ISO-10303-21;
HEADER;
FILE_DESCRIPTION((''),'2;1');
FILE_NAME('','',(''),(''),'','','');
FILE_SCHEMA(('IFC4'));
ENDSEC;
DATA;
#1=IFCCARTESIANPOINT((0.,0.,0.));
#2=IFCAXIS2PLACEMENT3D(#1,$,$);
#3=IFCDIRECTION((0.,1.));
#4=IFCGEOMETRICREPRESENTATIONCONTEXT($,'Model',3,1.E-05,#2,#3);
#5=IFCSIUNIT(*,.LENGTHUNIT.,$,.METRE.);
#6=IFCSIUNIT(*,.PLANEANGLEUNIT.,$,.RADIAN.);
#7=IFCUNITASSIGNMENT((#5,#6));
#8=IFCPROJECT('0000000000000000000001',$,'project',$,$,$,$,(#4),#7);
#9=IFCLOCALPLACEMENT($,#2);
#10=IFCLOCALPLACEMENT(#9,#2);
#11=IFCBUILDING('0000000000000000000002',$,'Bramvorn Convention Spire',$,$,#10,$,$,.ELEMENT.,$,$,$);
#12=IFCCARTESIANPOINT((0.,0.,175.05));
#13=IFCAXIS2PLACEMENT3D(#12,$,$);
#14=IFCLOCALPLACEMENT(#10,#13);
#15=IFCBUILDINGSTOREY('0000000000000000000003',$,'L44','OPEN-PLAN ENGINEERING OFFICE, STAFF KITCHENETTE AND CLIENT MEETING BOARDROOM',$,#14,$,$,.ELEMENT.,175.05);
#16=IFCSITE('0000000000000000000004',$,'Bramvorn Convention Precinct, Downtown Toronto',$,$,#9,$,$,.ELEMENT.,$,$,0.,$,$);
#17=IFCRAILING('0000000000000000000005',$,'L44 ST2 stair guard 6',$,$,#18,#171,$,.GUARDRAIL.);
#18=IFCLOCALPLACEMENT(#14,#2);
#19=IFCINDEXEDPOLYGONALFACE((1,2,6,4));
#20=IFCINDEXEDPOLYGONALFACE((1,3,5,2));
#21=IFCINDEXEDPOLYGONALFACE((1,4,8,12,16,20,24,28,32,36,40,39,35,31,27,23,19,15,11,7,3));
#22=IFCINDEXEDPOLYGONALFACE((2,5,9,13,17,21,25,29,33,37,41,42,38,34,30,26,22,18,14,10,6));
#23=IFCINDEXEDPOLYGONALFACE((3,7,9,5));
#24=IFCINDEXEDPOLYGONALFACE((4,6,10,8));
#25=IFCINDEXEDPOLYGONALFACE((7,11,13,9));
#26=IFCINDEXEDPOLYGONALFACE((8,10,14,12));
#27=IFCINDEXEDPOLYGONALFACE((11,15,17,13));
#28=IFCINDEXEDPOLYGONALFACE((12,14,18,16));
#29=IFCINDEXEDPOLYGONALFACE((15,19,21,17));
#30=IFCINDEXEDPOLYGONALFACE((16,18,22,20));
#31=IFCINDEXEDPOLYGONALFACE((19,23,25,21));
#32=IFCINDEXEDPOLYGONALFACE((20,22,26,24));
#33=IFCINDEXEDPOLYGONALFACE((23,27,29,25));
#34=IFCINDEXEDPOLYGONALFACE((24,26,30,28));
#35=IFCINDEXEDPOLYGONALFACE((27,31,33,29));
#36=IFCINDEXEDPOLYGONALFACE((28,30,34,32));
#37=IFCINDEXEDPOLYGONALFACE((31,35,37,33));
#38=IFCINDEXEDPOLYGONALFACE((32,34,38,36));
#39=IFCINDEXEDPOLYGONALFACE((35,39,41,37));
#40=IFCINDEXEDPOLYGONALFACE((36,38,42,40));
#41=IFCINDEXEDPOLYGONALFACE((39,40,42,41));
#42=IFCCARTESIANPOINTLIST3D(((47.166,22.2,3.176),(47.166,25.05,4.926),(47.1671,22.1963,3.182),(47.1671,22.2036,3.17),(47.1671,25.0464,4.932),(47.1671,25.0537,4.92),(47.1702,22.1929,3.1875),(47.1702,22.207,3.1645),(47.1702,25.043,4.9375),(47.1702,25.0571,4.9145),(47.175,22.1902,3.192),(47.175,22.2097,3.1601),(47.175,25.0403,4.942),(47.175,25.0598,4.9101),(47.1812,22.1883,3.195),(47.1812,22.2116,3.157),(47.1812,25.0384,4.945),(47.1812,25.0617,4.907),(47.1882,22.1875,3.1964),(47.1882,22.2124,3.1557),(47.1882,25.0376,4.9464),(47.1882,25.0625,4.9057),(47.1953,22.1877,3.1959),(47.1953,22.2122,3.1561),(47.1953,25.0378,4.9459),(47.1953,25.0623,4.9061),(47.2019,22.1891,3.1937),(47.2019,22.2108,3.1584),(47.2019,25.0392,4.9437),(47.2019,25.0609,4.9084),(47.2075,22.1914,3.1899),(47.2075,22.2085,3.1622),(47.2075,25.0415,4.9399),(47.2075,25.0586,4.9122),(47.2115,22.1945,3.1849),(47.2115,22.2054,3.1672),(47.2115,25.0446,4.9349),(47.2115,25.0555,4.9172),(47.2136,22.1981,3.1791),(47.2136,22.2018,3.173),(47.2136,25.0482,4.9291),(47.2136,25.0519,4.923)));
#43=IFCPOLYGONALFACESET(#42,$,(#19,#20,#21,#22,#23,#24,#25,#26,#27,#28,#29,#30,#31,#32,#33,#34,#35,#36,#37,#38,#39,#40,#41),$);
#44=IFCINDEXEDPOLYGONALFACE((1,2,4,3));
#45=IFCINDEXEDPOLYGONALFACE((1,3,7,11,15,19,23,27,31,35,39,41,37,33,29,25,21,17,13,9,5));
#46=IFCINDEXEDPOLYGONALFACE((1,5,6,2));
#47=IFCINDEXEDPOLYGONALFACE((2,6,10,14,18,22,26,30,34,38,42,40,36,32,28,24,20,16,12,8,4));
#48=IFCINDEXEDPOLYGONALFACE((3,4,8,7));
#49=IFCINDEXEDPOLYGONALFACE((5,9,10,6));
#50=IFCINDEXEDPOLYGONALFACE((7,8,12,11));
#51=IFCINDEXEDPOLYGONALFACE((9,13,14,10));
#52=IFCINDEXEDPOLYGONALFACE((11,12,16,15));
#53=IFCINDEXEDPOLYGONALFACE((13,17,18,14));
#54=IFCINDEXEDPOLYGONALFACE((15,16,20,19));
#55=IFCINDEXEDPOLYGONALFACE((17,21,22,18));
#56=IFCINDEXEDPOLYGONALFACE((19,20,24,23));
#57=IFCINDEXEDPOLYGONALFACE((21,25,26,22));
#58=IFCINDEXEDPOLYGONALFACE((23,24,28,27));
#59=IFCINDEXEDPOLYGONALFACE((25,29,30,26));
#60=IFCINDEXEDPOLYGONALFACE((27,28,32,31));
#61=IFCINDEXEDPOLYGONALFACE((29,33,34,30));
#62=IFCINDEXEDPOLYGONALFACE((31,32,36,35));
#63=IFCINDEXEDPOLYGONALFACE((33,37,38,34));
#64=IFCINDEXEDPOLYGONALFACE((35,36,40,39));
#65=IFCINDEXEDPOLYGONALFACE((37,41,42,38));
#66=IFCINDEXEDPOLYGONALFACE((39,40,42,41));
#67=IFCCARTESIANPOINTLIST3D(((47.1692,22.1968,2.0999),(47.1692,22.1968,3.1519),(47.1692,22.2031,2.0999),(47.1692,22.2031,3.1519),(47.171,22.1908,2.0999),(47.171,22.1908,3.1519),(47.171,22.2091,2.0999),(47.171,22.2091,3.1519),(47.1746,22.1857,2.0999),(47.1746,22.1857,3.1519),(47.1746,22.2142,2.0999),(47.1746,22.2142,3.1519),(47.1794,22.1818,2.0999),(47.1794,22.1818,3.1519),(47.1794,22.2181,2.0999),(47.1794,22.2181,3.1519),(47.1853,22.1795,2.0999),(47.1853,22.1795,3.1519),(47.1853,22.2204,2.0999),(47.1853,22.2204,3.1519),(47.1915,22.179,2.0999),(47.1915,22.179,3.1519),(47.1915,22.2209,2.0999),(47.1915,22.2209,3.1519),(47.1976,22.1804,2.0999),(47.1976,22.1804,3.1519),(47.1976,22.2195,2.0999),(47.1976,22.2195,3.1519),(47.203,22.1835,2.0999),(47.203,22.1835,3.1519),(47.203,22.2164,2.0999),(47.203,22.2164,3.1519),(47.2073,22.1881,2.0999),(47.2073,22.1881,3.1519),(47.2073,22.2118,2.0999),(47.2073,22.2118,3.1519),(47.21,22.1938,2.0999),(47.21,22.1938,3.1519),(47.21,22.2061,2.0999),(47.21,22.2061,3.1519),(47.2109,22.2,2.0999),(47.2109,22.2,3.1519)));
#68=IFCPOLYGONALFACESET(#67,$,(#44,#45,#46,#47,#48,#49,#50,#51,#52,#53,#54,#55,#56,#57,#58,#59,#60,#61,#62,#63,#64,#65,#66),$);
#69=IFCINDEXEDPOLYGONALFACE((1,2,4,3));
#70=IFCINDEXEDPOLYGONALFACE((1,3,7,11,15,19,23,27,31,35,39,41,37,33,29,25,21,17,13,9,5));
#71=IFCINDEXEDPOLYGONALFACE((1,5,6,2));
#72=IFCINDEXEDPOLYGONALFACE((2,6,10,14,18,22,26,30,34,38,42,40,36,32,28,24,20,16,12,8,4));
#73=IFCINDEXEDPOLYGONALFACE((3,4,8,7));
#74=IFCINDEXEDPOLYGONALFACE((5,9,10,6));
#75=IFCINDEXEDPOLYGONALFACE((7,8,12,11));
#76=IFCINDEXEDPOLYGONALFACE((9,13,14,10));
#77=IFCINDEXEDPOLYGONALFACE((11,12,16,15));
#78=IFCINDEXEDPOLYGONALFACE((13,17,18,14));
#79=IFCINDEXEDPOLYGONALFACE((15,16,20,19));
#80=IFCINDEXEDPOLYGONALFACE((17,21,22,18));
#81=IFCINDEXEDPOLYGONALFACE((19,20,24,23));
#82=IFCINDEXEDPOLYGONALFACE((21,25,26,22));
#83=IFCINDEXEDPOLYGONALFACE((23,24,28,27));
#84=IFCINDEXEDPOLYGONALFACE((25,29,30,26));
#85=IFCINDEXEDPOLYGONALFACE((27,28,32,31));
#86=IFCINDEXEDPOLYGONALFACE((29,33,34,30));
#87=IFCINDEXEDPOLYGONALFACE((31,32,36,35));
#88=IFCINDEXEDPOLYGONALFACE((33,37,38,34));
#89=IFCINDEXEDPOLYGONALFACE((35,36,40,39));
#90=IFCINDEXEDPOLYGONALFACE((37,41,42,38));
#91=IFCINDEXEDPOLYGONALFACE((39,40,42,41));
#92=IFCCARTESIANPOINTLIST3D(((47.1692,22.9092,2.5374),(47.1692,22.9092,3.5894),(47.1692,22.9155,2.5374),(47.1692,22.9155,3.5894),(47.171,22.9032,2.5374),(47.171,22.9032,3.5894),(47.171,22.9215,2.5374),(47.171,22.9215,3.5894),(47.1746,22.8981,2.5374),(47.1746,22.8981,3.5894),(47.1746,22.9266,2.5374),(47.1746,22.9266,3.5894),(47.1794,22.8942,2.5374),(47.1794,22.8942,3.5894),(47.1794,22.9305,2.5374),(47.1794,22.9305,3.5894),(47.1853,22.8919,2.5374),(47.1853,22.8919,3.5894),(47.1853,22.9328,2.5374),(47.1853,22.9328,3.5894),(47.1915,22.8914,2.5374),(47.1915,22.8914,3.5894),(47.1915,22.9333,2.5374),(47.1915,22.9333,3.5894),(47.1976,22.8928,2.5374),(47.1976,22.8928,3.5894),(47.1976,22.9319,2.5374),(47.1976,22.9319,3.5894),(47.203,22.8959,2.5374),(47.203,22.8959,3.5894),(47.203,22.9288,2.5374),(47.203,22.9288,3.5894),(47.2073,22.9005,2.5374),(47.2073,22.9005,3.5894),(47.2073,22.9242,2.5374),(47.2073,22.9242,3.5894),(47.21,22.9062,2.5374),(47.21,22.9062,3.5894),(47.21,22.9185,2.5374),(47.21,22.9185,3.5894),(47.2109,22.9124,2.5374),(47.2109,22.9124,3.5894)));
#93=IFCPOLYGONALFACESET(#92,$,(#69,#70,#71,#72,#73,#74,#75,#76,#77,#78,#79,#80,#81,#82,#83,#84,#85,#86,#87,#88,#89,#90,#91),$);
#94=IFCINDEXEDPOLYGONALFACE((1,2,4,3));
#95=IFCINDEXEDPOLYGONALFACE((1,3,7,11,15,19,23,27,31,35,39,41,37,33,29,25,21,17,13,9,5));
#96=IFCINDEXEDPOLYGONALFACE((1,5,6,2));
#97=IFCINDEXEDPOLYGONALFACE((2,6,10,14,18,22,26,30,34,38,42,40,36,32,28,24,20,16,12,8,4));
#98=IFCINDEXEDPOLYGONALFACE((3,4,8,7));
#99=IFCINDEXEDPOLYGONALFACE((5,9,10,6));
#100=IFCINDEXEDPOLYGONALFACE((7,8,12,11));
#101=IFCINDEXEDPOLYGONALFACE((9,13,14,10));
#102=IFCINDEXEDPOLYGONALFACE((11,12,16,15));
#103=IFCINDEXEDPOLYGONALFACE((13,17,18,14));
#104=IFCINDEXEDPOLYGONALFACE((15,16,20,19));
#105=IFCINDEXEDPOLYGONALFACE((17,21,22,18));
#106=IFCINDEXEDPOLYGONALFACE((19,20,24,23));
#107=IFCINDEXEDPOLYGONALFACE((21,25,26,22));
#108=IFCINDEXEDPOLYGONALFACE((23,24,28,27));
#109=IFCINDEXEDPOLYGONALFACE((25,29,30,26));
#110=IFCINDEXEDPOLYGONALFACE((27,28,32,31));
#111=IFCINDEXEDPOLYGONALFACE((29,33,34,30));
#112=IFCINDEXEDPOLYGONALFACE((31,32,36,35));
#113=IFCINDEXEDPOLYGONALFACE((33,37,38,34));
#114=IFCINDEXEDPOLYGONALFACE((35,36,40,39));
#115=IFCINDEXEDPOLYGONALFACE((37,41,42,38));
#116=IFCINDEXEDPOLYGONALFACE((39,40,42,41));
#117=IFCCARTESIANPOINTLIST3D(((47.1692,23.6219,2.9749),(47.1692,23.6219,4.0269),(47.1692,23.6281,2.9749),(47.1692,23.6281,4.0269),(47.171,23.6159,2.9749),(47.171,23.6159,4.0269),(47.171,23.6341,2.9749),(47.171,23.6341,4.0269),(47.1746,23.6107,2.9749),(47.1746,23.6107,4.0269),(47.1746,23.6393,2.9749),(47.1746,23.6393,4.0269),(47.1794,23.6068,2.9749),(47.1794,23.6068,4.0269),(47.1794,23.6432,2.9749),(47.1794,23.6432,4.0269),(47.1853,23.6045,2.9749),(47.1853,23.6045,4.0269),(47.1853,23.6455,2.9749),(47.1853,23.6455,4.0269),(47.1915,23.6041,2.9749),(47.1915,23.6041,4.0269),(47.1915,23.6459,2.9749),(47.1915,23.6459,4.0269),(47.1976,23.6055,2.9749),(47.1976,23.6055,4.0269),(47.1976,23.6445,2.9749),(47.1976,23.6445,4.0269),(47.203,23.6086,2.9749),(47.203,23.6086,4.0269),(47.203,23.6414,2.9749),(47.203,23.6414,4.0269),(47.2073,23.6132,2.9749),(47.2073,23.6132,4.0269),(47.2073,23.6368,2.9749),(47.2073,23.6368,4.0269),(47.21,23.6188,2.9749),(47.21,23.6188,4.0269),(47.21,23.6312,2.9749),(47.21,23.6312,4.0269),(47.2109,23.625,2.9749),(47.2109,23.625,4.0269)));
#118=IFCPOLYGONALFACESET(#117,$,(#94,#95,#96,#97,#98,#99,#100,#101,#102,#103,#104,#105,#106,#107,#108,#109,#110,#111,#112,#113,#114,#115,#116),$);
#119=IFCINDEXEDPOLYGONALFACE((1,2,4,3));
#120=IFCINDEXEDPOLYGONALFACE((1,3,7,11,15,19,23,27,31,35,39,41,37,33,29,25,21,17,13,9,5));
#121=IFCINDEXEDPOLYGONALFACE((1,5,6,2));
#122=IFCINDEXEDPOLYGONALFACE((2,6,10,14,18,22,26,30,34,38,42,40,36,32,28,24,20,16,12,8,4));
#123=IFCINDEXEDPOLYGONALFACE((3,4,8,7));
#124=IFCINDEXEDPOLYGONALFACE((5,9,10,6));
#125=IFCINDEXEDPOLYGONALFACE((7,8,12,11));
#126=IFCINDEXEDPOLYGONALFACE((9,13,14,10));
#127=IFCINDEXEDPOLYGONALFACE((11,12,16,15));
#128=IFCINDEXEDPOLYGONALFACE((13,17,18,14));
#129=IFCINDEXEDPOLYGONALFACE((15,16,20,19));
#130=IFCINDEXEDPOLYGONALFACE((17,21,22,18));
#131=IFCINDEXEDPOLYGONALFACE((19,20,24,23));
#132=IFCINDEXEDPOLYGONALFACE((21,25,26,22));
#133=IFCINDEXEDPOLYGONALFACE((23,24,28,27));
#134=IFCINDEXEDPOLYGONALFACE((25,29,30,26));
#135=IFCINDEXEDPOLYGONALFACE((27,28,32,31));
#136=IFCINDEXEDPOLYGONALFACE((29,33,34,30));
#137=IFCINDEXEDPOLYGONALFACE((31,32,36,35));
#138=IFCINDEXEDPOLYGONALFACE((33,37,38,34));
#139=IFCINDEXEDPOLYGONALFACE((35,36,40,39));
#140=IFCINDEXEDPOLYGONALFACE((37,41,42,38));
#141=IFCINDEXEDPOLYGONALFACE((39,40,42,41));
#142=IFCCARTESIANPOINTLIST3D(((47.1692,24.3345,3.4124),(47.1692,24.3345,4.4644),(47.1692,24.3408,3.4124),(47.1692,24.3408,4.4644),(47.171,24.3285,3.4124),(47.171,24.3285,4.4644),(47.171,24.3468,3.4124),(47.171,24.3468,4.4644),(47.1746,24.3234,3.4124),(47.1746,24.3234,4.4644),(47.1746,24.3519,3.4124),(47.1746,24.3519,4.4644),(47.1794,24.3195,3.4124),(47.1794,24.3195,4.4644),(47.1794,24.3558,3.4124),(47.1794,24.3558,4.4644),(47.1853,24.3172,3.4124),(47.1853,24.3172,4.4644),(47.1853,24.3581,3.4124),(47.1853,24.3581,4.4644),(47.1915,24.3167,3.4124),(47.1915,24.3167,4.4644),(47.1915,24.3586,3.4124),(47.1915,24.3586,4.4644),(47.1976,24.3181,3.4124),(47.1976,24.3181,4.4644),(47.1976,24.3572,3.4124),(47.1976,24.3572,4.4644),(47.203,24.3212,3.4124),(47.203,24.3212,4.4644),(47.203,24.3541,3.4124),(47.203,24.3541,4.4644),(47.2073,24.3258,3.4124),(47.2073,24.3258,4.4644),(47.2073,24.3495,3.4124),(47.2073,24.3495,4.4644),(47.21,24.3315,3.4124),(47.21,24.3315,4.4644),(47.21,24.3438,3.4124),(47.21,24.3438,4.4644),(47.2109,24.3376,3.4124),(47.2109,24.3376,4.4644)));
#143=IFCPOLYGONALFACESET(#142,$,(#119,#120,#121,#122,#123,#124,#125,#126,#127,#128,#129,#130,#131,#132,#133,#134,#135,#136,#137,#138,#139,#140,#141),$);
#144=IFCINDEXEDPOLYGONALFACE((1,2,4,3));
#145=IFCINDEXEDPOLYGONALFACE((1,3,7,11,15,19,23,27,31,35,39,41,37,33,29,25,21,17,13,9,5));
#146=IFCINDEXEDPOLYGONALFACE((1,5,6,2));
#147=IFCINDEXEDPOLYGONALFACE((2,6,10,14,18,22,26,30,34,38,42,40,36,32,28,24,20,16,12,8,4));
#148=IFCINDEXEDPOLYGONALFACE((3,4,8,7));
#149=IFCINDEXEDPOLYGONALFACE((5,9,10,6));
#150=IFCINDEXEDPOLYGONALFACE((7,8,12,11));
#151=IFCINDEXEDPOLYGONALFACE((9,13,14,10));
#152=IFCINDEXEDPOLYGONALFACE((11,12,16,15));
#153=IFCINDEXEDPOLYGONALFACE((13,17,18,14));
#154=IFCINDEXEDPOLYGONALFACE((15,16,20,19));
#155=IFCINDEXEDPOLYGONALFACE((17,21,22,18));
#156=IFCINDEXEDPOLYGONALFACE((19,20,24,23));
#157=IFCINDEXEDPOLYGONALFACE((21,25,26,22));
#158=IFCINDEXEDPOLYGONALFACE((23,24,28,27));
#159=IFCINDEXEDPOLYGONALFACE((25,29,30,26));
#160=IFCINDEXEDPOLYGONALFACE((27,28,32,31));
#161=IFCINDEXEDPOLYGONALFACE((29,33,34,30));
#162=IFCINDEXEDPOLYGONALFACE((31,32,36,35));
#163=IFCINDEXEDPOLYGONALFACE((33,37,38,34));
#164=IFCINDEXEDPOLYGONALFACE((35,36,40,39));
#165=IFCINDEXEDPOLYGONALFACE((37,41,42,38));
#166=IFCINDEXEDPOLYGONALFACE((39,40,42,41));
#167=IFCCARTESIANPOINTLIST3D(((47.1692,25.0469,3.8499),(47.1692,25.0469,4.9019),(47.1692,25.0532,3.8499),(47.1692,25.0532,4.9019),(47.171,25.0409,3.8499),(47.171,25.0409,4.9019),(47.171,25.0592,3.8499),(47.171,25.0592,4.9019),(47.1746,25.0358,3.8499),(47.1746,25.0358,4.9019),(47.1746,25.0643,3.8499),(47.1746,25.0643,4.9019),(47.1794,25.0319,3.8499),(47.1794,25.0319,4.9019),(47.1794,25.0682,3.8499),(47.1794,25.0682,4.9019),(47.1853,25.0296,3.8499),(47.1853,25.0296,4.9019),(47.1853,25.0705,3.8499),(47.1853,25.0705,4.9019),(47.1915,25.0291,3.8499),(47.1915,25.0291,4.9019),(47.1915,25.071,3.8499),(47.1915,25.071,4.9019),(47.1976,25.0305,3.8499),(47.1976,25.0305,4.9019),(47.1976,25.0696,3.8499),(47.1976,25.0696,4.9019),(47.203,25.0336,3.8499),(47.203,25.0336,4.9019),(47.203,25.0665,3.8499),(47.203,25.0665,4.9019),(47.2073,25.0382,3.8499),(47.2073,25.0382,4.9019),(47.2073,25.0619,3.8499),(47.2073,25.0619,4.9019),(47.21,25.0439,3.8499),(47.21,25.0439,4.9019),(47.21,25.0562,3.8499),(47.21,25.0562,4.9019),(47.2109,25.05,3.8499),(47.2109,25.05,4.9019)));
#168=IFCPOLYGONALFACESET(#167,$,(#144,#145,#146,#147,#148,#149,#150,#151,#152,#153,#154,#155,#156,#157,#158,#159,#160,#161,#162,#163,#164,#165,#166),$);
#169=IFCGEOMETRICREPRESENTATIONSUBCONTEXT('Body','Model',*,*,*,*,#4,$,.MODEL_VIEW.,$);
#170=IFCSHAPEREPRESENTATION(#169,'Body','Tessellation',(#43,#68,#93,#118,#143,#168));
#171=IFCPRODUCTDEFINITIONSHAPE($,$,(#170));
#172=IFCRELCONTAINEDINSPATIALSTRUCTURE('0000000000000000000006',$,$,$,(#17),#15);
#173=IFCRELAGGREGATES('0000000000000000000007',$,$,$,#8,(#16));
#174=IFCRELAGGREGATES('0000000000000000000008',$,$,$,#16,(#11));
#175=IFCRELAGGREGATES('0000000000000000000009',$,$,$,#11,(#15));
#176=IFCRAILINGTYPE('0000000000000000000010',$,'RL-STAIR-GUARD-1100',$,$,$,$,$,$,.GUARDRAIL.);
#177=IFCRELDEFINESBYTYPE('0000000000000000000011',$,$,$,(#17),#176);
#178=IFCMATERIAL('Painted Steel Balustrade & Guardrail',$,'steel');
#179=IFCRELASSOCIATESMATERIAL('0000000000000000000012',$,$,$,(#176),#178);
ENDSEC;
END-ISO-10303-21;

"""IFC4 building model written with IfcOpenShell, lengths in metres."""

from ifc_helpers import new_model, si_unit, direction, frame, origin, origin_2d, place, context, subcontext, project, spatial, circle, extrude, material, type_object, element, save


model = new_model("IFC4")

# Units and contexts
model_context = context("Model", 3, precision=1e-05, world=origin(), true_north=direction((0.0, 1.0)))
body_context = subcontext(model_context, "Body", "Model", "MODEL_VIEW")
ifc_project = project(units=[si_unit("LENGTHUNIT", "METRE"), si_unit("PLANEANGLEUNIT", "RADIAN")], contexts=[model_context])

# Site, building, storey
site_placement = place(None, origin())
site = spatial("IfcSite", under=ifc_project, at=site_placement, Name="Bramvorn Convention Precinct, Downtown Toronto", CompositionType="ELEMENT", RefElevation=0.0)
building_placement = place(site_placement, origin())
building = spatial("IfcBuilding", under=site, at=building_placement, Name="Bramvorn Convention Spire", CompositionType="ELEMENT")
storey_placement = place(building_placement, frame((0.0, 0.0, 175.05)))
storey = spatial("IfcBuildingStorey", under=building, at=storey_placement, Name="L44", Description="OPEN-PLAN ENGINEERING OFFICE, STAFF KITCHENETTE AND CLIENT MEETING BOARDROOM", CompositionType="ELEMENT", Elevation=175.05)

# Railing
ifc_material_1 = material(Name="Painted Steel Balustrade & Guardrail", Category="steel")
railing_type = type_object("IfcRailingType", Name="RL-STAIR-GUARD-1100", PredefinedType="GUARDRAIL", material=ifc_material_1)
railing_1_placement = place(storey_placement, frame((47.1899, 22.2, 2.0999)))
element("IfcRailing", 1, at=railing_1_placement, inside=storey, type_object=railing_type, Name="L44 ST2 stair guard 6", PredefinedType="GUARDRAIL", context=body_context, shape_type="SweptSolid", body=[
    extrude(circle(Radius=0.0239, at=origin_2d()), frame((0.0, 0.0, 1.0762), z_axis=(0.0, 0.852179, 0.52325), x_axis=(-1.0, 0.0, 0.0)), (0.0, 0.0, 1.0), 3.3445),
    extrude(circle(Radius=0.021, at=origin_2d()), origin(), (0.0, 0.0, 1.0), 1.052),
    extrude(circle(Radius=0.021, at=origin_2d()), frame((0.0, 0.7124, 0.4375)), (0.0, 0.0, 1.0), 1.052),
    extrude(circle(Radius=0.021, at=origin_2d()), frame((0.0, 1.425, 0.875)), (0.0, 0.0, 1.0), 1.052),
    extrude(circle(Radius=0.021, at=origin_2d()), frame((0.0, 2.1377, 1.3125)), (0.0, 0.0, 1.0), 1.052),
    extrude(circle(Radius=0.021, at=origin_2d()), frame((0.0, 2.8501, 1.75)), (0.0, 0.0, 1.0), 1.052),
])

save(model, "model.ifc")
